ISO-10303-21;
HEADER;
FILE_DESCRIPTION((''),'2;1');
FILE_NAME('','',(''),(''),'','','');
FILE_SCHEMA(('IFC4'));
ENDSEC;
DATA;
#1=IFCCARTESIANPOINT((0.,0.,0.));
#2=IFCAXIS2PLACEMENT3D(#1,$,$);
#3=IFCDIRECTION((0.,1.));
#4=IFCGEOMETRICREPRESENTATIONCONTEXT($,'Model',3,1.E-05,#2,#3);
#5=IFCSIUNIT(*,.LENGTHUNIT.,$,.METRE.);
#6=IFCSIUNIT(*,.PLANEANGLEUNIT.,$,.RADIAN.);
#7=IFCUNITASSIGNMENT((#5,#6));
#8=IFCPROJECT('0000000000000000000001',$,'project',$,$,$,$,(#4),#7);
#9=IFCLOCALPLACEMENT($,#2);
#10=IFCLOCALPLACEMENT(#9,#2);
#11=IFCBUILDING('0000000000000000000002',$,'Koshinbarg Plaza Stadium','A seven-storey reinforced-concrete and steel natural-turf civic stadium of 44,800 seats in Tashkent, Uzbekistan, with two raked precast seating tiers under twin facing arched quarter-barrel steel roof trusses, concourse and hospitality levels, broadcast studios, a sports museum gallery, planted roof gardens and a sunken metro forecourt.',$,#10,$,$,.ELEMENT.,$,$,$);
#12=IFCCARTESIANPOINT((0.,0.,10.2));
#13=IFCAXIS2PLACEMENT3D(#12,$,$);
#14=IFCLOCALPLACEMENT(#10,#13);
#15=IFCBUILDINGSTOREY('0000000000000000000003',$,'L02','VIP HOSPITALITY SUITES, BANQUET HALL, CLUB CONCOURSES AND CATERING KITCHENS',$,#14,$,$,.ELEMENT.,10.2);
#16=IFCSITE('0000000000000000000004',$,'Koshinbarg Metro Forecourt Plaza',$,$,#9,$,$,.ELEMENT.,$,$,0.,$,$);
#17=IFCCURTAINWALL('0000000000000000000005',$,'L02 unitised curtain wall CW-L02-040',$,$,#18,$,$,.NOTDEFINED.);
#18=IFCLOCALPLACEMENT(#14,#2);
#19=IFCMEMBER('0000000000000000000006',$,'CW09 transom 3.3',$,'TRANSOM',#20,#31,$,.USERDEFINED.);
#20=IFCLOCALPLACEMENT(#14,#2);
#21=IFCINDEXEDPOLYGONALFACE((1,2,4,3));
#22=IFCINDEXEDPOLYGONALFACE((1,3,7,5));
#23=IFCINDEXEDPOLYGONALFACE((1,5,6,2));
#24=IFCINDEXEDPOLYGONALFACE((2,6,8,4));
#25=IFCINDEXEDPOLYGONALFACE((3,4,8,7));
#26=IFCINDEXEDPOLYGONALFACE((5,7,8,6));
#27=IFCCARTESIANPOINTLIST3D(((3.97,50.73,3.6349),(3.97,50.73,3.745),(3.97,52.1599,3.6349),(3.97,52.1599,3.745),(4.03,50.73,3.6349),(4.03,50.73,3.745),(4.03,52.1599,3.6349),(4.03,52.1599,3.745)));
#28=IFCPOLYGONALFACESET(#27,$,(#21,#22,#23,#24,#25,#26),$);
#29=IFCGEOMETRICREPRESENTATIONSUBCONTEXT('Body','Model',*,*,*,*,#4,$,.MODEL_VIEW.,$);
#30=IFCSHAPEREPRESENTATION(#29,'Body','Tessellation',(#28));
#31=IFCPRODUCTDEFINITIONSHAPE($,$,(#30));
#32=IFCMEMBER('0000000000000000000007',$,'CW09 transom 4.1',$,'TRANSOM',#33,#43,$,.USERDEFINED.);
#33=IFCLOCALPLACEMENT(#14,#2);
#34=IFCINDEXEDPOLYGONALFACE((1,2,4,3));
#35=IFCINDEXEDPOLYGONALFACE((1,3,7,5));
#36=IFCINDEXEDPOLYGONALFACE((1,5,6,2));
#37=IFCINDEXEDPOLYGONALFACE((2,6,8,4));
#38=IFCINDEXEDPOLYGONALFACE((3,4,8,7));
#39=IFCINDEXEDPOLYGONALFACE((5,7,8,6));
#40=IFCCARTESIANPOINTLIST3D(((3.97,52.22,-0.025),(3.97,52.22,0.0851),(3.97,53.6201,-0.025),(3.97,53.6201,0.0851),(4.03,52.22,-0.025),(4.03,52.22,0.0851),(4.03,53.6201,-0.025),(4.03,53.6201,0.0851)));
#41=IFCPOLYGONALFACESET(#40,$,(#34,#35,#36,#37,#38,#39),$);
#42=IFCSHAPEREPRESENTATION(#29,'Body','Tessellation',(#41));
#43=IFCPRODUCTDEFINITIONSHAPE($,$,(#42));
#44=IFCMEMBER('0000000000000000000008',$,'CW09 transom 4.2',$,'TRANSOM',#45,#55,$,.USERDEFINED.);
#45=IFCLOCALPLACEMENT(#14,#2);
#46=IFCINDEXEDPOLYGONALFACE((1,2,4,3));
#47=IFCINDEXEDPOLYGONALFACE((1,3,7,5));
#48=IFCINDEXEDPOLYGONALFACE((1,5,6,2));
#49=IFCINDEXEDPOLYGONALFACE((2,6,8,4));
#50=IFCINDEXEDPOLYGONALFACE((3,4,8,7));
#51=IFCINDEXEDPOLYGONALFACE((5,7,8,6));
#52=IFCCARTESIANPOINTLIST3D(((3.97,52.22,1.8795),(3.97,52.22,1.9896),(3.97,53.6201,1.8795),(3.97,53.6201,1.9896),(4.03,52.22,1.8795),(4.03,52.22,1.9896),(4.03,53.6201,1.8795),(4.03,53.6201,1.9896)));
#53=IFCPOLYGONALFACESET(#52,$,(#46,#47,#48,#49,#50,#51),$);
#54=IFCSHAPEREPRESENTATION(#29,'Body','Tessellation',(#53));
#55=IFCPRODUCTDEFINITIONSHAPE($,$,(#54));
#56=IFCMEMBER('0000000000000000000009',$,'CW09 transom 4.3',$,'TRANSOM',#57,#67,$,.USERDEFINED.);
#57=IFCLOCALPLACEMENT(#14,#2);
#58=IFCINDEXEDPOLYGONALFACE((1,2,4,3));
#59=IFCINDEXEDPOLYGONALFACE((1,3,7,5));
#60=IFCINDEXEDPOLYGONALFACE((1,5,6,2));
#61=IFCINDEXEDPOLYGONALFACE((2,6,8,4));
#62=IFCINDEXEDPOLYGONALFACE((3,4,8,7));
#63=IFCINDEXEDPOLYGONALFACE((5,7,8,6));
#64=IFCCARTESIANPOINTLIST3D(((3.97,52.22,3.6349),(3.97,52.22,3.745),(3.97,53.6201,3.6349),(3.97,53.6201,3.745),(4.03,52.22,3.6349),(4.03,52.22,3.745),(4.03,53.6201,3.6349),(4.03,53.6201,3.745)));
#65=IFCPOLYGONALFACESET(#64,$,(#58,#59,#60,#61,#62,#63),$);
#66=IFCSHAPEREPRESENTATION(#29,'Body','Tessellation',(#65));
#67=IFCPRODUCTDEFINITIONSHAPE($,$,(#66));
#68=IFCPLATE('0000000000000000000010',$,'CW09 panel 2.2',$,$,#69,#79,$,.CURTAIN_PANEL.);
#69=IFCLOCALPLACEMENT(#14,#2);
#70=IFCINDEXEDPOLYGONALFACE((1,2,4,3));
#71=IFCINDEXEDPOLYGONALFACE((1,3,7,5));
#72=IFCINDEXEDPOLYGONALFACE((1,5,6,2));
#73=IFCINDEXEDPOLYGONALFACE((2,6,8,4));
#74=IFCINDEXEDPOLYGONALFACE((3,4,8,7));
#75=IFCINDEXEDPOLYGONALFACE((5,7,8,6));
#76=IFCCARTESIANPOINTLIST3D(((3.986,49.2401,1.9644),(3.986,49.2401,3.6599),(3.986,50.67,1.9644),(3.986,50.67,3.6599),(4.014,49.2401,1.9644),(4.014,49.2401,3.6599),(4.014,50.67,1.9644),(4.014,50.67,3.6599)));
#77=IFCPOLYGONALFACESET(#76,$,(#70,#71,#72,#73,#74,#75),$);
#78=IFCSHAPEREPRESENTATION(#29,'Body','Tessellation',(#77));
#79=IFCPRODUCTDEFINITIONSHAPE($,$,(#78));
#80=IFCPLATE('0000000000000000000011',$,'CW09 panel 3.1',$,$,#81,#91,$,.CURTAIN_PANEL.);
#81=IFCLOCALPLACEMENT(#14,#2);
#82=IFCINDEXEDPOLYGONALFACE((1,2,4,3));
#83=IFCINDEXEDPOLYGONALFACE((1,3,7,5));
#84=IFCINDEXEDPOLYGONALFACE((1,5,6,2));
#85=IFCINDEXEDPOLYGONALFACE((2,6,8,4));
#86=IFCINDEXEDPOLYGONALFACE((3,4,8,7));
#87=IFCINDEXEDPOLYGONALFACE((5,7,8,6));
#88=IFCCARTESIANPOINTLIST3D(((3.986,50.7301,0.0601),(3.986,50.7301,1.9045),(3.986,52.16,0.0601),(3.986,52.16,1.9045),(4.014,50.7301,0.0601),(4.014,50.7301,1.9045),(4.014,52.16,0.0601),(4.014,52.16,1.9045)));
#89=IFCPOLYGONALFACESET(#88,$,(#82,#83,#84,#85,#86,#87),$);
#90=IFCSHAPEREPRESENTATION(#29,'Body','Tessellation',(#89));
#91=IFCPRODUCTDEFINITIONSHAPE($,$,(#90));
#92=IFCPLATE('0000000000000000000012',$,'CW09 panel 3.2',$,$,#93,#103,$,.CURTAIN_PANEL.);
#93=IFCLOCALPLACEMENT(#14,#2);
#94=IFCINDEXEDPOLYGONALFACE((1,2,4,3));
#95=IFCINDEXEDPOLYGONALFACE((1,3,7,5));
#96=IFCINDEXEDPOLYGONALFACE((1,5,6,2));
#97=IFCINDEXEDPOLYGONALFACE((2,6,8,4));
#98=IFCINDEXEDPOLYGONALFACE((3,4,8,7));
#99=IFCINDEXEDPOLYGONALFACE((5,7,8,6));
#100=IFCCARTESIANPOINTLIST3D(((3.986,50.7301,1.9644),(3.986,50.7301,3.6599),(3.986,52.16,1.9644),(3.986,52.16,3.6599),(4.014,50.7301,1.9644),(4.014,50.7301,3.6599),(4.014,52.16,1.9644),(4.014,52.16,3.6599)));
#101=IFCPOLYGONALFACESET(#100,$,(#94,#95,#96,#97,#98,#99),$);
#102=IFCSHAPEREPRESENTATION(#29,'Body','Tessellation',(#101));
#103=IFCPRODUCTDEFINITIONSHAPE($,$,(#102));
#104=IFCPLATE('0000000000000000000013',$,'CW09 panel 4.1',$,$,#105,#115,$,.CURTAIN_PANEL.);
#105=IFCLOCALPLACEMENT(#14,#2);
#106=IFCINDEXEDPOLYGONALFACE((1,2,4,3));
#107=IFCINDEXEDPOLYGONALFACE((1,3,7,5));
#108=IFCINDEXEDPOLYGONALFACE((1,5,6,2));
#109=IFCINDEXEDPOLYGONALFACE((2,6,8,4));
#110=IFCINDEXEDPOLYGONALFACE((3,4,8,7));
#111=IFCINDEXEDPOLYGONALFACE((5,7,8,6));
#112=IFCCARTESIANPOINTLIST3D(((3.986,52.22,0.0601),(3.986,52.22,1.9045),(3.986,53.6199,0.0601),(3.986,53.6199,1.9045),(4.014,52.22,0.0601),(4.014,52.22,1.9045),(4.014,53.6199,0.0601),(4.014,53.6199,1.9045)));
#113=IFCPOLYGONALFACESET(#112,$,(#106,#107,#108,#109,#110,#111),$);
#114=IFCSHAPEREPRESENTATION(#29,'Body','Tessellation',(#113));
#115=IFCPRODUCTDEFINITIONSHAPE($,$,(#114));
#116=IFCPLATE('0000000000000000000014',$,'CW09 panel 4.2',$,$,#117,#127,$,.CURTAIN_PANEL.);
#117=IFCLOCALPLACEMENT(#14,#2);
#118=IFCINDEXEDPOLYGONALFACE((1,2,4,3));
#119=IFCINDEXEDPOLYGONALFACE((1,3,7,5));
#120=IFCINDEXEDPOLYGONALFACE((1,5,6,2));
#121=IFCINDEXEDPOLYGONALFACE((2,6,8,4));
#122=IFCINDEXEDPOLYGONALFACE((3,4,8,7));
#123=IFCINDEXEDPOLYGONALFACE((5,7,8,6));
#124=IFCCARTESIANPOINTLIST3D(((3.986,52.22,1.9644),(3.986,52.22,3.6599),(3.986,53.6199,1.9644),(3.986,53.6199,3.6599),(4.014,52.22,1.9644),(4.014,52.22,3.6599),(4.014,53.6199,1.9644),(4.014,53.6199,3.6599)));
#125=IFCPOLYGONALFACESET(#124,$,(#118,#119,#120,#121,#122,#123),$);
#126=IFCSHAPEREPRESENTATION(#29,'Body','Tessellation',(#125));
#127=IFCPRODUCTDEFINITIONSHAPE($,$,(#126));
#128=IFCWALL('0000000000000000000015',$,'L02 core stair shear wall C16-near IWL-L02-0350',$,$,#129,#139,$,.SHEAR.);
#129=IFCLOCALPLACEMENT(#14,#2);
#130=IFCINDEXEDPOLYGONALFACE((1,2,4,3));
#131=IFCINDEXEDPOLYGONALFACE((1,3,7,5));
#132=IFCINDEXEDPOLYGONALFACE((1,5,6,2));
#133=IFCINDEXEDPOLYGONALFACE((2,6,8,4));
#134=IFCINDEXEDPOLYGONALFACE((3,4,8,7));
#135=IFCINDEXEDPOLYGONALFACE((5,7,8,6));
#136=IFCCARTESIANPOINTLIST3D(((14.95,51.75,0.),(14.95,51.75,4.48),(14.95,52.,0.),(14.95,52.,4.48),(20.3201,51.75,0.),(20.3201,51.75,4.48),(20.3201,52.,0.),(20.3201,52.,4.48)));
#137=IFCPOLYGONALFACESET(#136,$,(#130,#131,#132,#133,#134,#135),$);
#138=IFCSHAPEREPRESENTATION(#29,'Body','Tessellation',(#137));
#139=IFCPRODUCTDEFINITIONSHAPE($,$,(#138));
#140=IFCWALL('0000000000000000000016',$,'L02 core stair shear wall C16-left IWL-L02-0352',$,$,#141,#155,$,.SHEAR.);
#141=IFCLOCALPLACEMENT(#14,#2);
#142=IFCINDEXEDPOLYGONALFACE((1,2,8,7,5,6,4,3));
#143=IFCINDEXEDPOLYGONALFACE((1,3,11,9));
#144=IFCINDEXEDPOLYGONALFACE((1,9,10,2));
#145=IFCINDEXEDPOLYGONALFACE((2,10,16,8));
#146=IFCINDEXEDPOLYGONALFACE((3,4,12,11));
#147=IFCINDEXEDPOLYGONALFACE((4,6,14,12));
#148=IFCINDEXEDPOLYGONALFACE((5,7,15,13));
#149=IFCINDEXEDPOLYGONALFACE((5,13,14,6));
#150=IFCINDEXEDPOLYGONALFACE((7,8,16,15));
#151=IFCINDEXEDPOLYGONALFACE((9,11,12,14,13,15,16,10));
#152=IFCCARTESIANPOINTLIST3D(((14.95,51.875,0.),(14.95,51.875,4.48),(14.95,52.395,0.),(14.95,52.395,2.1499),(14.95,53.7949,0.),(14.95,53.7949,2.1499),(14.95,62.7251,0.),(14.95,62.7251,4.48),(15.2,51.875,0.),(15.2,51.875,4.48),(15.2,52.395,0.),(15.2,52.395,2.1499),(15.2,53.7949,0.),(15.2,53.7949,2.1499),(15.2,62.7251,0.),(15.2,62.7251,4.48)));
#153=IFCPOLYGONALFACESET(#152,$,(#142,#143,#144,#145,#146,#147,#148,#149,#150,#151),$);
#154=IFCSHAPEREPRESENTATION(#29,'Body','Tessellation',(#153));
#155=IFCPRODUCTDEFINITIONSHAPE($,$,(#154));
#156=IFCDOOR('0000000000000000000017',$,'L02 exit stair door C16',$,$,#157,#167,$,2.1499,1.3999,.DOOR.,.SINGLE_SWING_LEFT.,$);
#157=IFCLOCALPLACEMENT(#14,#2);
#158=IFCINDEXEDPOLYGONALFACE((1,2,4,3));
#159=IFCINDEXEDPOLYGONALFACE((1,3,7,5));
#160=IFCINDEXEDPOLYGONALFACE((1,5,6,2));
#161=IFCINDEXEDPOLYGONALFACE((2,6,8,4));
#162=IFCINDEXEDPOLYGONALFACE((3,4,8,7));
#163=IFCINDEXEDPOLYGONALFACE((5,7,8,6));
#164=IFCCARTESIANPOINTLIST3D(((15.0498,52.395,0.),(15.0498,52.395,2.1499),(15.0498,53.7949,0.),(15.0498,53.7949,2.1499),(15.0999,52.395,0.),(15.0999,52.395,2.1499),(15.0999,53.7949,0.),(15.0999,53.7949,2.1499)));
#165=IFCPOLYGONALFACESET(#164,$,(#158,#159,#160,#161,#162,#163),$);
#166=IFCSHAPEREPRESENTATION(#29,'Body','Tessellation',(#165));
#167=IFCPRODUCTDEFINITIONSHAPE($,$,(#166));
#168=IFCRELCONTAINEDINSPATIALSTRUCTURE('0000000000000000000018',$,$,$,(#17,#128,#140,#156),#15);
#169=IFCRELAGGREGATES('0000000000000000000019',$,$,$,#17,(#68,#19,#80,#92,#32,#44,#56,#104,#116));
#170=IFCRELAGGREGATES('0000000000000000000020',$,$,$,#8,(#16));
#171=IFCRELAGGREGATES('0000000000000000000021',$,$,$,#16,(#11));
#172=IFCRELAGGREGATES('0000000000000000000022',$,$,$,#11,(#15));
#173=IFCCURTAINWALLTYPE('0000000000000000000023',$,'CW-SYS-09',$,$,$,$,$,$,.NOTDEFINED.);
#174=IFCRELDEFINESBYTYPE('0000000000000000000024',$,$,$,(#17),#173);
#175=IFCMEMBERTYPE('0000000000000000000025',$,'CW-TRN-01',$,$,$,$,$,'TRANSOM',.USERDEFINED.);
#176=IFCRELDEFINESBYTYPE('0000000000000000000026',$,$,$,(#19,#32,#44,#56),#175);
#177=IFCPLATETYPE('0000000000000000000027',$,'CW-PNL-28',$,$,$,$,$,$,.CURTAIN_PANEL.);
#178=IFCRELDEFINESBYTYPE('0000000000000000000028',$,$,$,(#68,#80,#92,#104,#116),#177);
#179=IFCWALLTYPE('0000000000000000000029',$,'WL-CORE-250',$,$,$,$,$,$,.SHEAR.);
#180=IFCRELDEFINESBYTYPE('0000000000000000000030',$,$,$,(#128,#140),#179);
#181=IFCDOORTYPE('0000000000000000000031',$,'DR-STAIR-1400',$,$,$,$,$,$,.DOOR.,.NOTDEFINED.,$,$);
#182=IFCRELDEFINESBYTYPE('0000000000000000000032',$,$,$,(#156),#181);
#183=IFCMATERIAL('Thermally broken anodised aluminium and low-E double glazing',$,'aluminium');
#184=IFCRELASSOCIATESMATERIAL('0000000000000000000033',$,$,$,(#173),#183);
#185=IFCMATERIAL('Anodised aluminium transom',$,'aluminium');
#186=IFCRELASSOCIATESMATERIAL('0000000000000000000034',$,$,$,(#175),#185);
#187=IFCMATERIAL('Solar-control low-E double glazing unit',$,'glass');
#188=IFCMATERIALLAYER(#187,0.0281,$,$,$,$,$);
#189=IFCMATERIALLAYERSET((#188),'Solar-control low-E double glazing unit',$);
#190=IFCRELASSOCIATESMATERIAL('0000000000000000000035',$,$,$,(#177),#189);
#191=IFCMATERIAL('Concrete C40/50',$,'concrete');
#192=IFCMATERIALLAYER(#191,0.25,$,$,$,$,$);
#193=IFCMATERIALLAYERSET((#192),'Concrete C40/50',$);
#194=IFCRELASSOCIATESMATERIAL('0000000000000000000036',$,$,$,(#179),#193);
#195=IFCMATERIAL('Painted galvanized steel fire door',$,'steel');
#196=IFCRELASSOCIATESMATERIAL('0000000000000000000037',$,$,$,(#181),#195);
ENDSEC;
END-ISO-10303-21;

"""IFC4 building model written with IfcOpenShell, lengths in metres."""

from ifc_helpers import new_model, si_unit, direction, frame, frame_2d, origin, origin_2d, place, context, subcontext, project, spatial, rectangle, extrude, material, layer, layer_set, material_profile, profile_set, type_object, element, fill, aggregate, save


model = new_model("IFC4")

# Units and contexts
model_context = context("Model", 3, precision=1e-05, world=origin(), true_north=direction((0.0, 1.0)))
body_context = subcontext(model_context, "Body", "Model", "MODEL_VIEW")
ifc_project = project(units=[si_unit("LENGTHUNIT", "METRE"), si_unit("PLANEANGLEUNIT", "RADIAN")], contexts=[model_context])

# Site, building, storey
site_placement = place(None, origin())
site = spatial("IfcSite", under=ifc_project, at=site_placement, Name="Koshinbarg Metro Forecourt Plaza", CompositionType="ELEMENT", RefElevation=0.0)
building_placement = place(site_placement, origin())
building = spatial("IfcBuilding", under=site, at=building_placement, Name="Koshinbarg Plaza Stadium", Description="A seven-storey reinforced-concrete and steel natural-turf civic stadium of 44,800 seats in Tashkent, Uzbekistan, with two raked precast seating tiers under twin facing arched quarter-barrel steel roof trusses, concourse and hospitality levels, broadcast studios, a sports museum gallery, planted roof gardens and a sunken metro forecourt.", CompositionType="ELEMENT")
storey_placement = place(building_placement, frame((0.0, 0.0, 10.2)))
storey = spatial("IfcBuildingStorey", under=building, at=storey_placement, Name="L02", Description="VIP HOSPITALITY SUITES, BANQUET HALL, CLUB CONCOURSES AND CATERING KITCHENS", CompositionType="ELEMENT", Elevation=10.2)

# Curtain wall, members, plates
ifc_material_1 = material(Name="Thermally broken anodised aluminium and low-E double glazing", Category="aluminium")
curtain_wall_type = type_object("IfcCurtainWallType", Name="CW-SYS-09", PredefinedType="NOTDEFINED", material=ifc_material_1)
curtain_wall_placement = place(storey_placement, origin())
curtain_wall = element("IfcCurtainWall", 1, at=curtain_wall_placement, inside=storey, type_object=curtain_wall_type, Name="L02 unitised curtain wall CW-L02-040", PredefinedType="NOTDEFINED")
ifc_material_2 = material(Name="Anodised aluminium transom", Category="aluminium")
ifc_material_profile_1 = material_profile(ifc_material_2, rectangle(XDim=0.0601, YDim=0.1101, at=origin_2d()), Name="ALU 60x110")
ifc_profile_set_1 = profile_set([ifc_material_profile_1], Name="Anodised aluminium transom")
member_type_1 = type_object("IfcMemberType", Name="CW-TRN-01", ElementType="TRANSOM", PredefinedType="USERDEFINED", material=ifc_profile_set_1)
member_1_placement = place(storey_placement, frame((4.0, 50.73, 3.6899), z_axis=(0.0, 1.0, 0.0), x_axis=(-1.0, 0.0, 0.0)))
member_1 = element("IfcMember", 2, at=member_1_placement, type_object=member_type_1, Name="CW09 transom 3.3", ObjectType="TRANSOM", PredefinedType="USERDEFINED", context=body_context, shape_type="SweptSolid", body=[
    extrude(rectangle(XDim=0.0601, YDim=0.1101, at=origin_2d()), origin(), (0.0, 0.0, 1.0), 1.4299),
])
member_2_placement = place(storey_placement, frame((4.0, 52.22, 0.03), z_axis=(0.0, 1.0, 0.0), x_axis=(-1.0, 0.0, 0.0)))
member_2 = element("IfcMember", 3, at=member_2_placement, type_object=member_type_1, Name="CW09 transom 4.1", ObjectType="TRANSOM", PredefinedType="USERDEFINED", context=body_context, shape_type="SweptSolid", body=[
    extrude(rectangle(XDim=0.0601, YDim=0.1101, at=origin_2d()), origin(), (0.0, 0.0, 1.0), 1.4001),
])
member_3_placement = place(storey_placement, frame((4.0, 52.22, 1.9346), z_axis=(0.0, 1.0, 0.0), x_axis=(-1.0, 0.0, 0.0)))
member_3 = element("IfcMember", 4, at=member_3_placement, type_object=member_type_1, Name="CW09 transom 4.2", ObjectType="TRANSOM", PredefinedType="USERDEFINED", context=body_context, shape_type="SweptSolid", body=[
    extrude(rectangle(XDim=0.0601, YDim=0.1101, at=origin_2d()), origin(), (0.0, 0.0, 1.0), 1.4001),
])
member_4_placement = place(storey_placement, frame((4.0, 52.22, 3.6899), z_axis=(0.0, 1.0, 0.0), x_axis=(-1.0, 0.0, 0.0)))
member_4 = element("IfcMember", 5, at=member_4_placement, type_object=member_type_1, Name="CW09 transom 4.3", ObjectType="TRANSOM", PredefinedType="USERDEFINED", context=body_context, shape_type="SweptSolid", body=[
    extrude(rectangle(XDim=0.0601, YDim=0.1101, at=origin_2d()), origin(), (0.0, 0.0, 1.0), 1.4001),
])
ifc_material_3 = material(Name="Solar-control low-E double glazing unit", Category="glass")
ifc_layer_1 = layer(ifc_material_3, 0.0281)
ifc_layer_set_1 = layer_set([ifc_layer_1], Name="Solar-control low-E double glazing unit")
plate_type = type_object("IfcPlateType", Name="CW-PNL-28", PredefinedType="CURTAIN_PANEL", material=ifc_layer_set_1)
plate_1_placement = place(storey_placement, frame((4.0, 49.9551, 1.9644), z_axis=(0.0, 0.0, 1.0), x_axis=(0.0, 1.0, 0.0)))
plate_1 = element("IfcPlate", 6, at=plate_1_placement, type_object=plate_type, Name="CW09 panel 2.2", PredefinedType="CURTAIN_PANEL", context=body_context, shape_type="SweptSolid", body=[
    extrude(rectangle(XDim=1.4299, YDim=0.0281, at=origin_2d()), origin(), (0.0, 0.0, 1.0), 1.6956),
])
plate_2_placement = place(storey_placement, frame((4.0, 51.4451, 0.0601), z_axis=(0.0, 0.0, 1.0), x_axis=(0.0, 1.0, 0.0)))
plate_2 = element("IfcPlate", 7, at=plate_2_placement, type_object=plate_type, Name="CW09 panel 3.1", PredefinedType="CURTAIN_PANEL", context=body_context, shape_type="SweptSolid", body=[
    extrude(rectangle(XDim=1.4299, YDim=0.0281, at=origin_2d()), origin(), (0.0, 0.0, 1.0), 1.8445),
])
plate_3_placement = place(storey_placement, frame((4.0, 51.4451, 1.9644), z_axis=(0.0, 0.0, 1.0), x_axis=(0.0, 1.0, 0.0)))
plate_3 = element("IfcPlate", 8, at=plate_3_placement, type_object=plate_type, Name="CW09 panel 3.2", PredefinedType="CURTAIN_PANEL", context=body_context, shape_type="SweptSolid", body=[
    extrude(rectangle(XDim=1.4299, YDim=0.0281, at=origin_2d()), origin(), (0.0, 0.0, 1.0), 1.6956),
])
plate_4_placement = place(storey_placement, frame((4.0, 52.9199, 0.0601), z_axis=(0.0, 0.0, 1.0), x_axis=(0.0, 1.0, 0.0)))
plate_4 = element("IfcPlate", 9, at=plate_4_placement, type_object=plate_type, Name="CW09 panel 4.1", PredefinedType="CURTAIN_PANEL", context=body_context, shape_type="SweptSolid", body=[
    extrude(rectangle(XDim=1.3999, YDim=0.0281, at=origin_2d()), origin(), (0.0, 0.0, 1.0), 1.8445),
])
plate_5_placement = place(storey_placement, frame((4.0, 52.9199, 1.9644), z_axis=(0.0, 0.0, 1.0), x_axis=(0.0, 1.0, 0.0)))
plate_5 = element("IfcPlate", 10, at=plate_5_placement, type_object=plate_type, Name="CW09 panel 4.2", PredefinedType="CURTAIN_PANEL", context=body_context, shape_type="SweptSolid", body=[
    extrude(rectangle(XDim=1.3999, YDim=0.0281, at=origin_2d()), origin(), (0.0, 0.0, 1.0), 1.6956),
])
aggregate(curtain_wall, [plate_1, member_1, plate_2, plate_3, member_2, member_3, member_4, plate_4, plate_5])

# Wall
ifc_material_4 = material(Name="Concrete C40/50", Category="concrete")
ifc_layer_2 = layer(ifc_material_4, 0.25)
ifc_layer_set_2 = layer_set([ifc_layer_2], Name="Concrete C40/50")
wall_type_1 = type_object("IfcWallType", Name="WL-CORE-250", PredefinedType="SHEAR", material=ifc_layer_set_2)
wall_1_placement = place(storey_placement, frame((14.95, 51.875, 0.0), z_axis=(0.0, 0.0, 1.0), x_axis=(1.0, 0.0, 0.0)))
element("IfcWall", 11, at=wall_1_placement, inside=storey, type_object=wall_type_1, Name="L02 core stair shear wall C16-near IWL-L02-0350", PredefinedType="SHEAR", context=body_context, shape_type="SweptSolid", body=[
    extrude(rectangle(XDim=5.3701, YDim=0.25, at=frame_2d((2.6851, 0.0))), origin(), (0.0, 0.0, 1.0), 4.48),
])

# Wall, opening, door
wall_2_placement = place(storey_placement, frame((15.075, 51.875, 0.0), z_axis=(0.0, 0.0, 1.0), x_axis=(0.0, 1.0, 0.0)))
wall_2 = element("IfcWall", 12, at=wall_2_placement, inside=storey, type_object=wall_type_1, Name="L02 core stair shear wall C16-left IWL-L02-0352", PredefinedType="SHEAR", context=body_context, shape_type="SweptSolid", body=[
    extrude(rectangle(XDim=10.8501, YDim=0.25, at=frame_2d((5.425, 0.0))), origin(), (0.0, 0.0, 1.0), 4.48),
])
opening_1_placement = place(wall_2_placement, frame((0.52, 0.0, 0.0)))
opening_1 = element("IfcOpeningElement", 13, at=opening_1_placement, cuts=wall_2, PredefinedType="OPENING", context=body_context, shape_type="SweptSolid", body=[
    extrude(rectangle(XDim=1.3999, YDim=2.1499, at=frame_2d((0.7, 1.075))), frame((0.0, 0.135, 0.0), z_axis=(0.0, -1.0, 0.0), x_axis=(1.0, 0.0, 0.0)), (0.0, 0.0, 1.0), 0.27),
])
ifc_material_5 = material(Name="Painted galvanized steel fire door", Category="steel")
door_type_1 = type_object("IfcDoorType", Name="DR-STAIR-1400", OperationType="NOTDEFINED", PredefinedType="DOOR", material=ifc_material_5)
door_1_placement = place(opening_1_placement, frame((1.3999, 0.0, 0.0), z_axis=(0.0, 0.0, 1.0), x_axis=(-1.0, 0.0, 0.0)))
door_1 = element("IfcDoor", 14, at=door_1_placement, inside=storey, type_object=door_type_1, Name="L02 exit stair door C16", OperationType="SINGLE_SWING_LEFT", OverallHeight=2.1499, OverallWidth=1.3999, PredefinedType="DOOR", context=body_context, shape_type="SweptSolid", body=[
    extrude(rectangle(XDim=1.3999, YDim=2.1499, at=frame_2d((0.7, 1.075))), frame((0.0, 0.0249, 0.0), z_axis=(0.0, -1.0, 0.0), x_axis=(1.0, 0.0, 0.0)), (0.0, 0.0, 1.0), 0.05),
])
fill(opening_1, door_1)

save(model, "model.ifc")
